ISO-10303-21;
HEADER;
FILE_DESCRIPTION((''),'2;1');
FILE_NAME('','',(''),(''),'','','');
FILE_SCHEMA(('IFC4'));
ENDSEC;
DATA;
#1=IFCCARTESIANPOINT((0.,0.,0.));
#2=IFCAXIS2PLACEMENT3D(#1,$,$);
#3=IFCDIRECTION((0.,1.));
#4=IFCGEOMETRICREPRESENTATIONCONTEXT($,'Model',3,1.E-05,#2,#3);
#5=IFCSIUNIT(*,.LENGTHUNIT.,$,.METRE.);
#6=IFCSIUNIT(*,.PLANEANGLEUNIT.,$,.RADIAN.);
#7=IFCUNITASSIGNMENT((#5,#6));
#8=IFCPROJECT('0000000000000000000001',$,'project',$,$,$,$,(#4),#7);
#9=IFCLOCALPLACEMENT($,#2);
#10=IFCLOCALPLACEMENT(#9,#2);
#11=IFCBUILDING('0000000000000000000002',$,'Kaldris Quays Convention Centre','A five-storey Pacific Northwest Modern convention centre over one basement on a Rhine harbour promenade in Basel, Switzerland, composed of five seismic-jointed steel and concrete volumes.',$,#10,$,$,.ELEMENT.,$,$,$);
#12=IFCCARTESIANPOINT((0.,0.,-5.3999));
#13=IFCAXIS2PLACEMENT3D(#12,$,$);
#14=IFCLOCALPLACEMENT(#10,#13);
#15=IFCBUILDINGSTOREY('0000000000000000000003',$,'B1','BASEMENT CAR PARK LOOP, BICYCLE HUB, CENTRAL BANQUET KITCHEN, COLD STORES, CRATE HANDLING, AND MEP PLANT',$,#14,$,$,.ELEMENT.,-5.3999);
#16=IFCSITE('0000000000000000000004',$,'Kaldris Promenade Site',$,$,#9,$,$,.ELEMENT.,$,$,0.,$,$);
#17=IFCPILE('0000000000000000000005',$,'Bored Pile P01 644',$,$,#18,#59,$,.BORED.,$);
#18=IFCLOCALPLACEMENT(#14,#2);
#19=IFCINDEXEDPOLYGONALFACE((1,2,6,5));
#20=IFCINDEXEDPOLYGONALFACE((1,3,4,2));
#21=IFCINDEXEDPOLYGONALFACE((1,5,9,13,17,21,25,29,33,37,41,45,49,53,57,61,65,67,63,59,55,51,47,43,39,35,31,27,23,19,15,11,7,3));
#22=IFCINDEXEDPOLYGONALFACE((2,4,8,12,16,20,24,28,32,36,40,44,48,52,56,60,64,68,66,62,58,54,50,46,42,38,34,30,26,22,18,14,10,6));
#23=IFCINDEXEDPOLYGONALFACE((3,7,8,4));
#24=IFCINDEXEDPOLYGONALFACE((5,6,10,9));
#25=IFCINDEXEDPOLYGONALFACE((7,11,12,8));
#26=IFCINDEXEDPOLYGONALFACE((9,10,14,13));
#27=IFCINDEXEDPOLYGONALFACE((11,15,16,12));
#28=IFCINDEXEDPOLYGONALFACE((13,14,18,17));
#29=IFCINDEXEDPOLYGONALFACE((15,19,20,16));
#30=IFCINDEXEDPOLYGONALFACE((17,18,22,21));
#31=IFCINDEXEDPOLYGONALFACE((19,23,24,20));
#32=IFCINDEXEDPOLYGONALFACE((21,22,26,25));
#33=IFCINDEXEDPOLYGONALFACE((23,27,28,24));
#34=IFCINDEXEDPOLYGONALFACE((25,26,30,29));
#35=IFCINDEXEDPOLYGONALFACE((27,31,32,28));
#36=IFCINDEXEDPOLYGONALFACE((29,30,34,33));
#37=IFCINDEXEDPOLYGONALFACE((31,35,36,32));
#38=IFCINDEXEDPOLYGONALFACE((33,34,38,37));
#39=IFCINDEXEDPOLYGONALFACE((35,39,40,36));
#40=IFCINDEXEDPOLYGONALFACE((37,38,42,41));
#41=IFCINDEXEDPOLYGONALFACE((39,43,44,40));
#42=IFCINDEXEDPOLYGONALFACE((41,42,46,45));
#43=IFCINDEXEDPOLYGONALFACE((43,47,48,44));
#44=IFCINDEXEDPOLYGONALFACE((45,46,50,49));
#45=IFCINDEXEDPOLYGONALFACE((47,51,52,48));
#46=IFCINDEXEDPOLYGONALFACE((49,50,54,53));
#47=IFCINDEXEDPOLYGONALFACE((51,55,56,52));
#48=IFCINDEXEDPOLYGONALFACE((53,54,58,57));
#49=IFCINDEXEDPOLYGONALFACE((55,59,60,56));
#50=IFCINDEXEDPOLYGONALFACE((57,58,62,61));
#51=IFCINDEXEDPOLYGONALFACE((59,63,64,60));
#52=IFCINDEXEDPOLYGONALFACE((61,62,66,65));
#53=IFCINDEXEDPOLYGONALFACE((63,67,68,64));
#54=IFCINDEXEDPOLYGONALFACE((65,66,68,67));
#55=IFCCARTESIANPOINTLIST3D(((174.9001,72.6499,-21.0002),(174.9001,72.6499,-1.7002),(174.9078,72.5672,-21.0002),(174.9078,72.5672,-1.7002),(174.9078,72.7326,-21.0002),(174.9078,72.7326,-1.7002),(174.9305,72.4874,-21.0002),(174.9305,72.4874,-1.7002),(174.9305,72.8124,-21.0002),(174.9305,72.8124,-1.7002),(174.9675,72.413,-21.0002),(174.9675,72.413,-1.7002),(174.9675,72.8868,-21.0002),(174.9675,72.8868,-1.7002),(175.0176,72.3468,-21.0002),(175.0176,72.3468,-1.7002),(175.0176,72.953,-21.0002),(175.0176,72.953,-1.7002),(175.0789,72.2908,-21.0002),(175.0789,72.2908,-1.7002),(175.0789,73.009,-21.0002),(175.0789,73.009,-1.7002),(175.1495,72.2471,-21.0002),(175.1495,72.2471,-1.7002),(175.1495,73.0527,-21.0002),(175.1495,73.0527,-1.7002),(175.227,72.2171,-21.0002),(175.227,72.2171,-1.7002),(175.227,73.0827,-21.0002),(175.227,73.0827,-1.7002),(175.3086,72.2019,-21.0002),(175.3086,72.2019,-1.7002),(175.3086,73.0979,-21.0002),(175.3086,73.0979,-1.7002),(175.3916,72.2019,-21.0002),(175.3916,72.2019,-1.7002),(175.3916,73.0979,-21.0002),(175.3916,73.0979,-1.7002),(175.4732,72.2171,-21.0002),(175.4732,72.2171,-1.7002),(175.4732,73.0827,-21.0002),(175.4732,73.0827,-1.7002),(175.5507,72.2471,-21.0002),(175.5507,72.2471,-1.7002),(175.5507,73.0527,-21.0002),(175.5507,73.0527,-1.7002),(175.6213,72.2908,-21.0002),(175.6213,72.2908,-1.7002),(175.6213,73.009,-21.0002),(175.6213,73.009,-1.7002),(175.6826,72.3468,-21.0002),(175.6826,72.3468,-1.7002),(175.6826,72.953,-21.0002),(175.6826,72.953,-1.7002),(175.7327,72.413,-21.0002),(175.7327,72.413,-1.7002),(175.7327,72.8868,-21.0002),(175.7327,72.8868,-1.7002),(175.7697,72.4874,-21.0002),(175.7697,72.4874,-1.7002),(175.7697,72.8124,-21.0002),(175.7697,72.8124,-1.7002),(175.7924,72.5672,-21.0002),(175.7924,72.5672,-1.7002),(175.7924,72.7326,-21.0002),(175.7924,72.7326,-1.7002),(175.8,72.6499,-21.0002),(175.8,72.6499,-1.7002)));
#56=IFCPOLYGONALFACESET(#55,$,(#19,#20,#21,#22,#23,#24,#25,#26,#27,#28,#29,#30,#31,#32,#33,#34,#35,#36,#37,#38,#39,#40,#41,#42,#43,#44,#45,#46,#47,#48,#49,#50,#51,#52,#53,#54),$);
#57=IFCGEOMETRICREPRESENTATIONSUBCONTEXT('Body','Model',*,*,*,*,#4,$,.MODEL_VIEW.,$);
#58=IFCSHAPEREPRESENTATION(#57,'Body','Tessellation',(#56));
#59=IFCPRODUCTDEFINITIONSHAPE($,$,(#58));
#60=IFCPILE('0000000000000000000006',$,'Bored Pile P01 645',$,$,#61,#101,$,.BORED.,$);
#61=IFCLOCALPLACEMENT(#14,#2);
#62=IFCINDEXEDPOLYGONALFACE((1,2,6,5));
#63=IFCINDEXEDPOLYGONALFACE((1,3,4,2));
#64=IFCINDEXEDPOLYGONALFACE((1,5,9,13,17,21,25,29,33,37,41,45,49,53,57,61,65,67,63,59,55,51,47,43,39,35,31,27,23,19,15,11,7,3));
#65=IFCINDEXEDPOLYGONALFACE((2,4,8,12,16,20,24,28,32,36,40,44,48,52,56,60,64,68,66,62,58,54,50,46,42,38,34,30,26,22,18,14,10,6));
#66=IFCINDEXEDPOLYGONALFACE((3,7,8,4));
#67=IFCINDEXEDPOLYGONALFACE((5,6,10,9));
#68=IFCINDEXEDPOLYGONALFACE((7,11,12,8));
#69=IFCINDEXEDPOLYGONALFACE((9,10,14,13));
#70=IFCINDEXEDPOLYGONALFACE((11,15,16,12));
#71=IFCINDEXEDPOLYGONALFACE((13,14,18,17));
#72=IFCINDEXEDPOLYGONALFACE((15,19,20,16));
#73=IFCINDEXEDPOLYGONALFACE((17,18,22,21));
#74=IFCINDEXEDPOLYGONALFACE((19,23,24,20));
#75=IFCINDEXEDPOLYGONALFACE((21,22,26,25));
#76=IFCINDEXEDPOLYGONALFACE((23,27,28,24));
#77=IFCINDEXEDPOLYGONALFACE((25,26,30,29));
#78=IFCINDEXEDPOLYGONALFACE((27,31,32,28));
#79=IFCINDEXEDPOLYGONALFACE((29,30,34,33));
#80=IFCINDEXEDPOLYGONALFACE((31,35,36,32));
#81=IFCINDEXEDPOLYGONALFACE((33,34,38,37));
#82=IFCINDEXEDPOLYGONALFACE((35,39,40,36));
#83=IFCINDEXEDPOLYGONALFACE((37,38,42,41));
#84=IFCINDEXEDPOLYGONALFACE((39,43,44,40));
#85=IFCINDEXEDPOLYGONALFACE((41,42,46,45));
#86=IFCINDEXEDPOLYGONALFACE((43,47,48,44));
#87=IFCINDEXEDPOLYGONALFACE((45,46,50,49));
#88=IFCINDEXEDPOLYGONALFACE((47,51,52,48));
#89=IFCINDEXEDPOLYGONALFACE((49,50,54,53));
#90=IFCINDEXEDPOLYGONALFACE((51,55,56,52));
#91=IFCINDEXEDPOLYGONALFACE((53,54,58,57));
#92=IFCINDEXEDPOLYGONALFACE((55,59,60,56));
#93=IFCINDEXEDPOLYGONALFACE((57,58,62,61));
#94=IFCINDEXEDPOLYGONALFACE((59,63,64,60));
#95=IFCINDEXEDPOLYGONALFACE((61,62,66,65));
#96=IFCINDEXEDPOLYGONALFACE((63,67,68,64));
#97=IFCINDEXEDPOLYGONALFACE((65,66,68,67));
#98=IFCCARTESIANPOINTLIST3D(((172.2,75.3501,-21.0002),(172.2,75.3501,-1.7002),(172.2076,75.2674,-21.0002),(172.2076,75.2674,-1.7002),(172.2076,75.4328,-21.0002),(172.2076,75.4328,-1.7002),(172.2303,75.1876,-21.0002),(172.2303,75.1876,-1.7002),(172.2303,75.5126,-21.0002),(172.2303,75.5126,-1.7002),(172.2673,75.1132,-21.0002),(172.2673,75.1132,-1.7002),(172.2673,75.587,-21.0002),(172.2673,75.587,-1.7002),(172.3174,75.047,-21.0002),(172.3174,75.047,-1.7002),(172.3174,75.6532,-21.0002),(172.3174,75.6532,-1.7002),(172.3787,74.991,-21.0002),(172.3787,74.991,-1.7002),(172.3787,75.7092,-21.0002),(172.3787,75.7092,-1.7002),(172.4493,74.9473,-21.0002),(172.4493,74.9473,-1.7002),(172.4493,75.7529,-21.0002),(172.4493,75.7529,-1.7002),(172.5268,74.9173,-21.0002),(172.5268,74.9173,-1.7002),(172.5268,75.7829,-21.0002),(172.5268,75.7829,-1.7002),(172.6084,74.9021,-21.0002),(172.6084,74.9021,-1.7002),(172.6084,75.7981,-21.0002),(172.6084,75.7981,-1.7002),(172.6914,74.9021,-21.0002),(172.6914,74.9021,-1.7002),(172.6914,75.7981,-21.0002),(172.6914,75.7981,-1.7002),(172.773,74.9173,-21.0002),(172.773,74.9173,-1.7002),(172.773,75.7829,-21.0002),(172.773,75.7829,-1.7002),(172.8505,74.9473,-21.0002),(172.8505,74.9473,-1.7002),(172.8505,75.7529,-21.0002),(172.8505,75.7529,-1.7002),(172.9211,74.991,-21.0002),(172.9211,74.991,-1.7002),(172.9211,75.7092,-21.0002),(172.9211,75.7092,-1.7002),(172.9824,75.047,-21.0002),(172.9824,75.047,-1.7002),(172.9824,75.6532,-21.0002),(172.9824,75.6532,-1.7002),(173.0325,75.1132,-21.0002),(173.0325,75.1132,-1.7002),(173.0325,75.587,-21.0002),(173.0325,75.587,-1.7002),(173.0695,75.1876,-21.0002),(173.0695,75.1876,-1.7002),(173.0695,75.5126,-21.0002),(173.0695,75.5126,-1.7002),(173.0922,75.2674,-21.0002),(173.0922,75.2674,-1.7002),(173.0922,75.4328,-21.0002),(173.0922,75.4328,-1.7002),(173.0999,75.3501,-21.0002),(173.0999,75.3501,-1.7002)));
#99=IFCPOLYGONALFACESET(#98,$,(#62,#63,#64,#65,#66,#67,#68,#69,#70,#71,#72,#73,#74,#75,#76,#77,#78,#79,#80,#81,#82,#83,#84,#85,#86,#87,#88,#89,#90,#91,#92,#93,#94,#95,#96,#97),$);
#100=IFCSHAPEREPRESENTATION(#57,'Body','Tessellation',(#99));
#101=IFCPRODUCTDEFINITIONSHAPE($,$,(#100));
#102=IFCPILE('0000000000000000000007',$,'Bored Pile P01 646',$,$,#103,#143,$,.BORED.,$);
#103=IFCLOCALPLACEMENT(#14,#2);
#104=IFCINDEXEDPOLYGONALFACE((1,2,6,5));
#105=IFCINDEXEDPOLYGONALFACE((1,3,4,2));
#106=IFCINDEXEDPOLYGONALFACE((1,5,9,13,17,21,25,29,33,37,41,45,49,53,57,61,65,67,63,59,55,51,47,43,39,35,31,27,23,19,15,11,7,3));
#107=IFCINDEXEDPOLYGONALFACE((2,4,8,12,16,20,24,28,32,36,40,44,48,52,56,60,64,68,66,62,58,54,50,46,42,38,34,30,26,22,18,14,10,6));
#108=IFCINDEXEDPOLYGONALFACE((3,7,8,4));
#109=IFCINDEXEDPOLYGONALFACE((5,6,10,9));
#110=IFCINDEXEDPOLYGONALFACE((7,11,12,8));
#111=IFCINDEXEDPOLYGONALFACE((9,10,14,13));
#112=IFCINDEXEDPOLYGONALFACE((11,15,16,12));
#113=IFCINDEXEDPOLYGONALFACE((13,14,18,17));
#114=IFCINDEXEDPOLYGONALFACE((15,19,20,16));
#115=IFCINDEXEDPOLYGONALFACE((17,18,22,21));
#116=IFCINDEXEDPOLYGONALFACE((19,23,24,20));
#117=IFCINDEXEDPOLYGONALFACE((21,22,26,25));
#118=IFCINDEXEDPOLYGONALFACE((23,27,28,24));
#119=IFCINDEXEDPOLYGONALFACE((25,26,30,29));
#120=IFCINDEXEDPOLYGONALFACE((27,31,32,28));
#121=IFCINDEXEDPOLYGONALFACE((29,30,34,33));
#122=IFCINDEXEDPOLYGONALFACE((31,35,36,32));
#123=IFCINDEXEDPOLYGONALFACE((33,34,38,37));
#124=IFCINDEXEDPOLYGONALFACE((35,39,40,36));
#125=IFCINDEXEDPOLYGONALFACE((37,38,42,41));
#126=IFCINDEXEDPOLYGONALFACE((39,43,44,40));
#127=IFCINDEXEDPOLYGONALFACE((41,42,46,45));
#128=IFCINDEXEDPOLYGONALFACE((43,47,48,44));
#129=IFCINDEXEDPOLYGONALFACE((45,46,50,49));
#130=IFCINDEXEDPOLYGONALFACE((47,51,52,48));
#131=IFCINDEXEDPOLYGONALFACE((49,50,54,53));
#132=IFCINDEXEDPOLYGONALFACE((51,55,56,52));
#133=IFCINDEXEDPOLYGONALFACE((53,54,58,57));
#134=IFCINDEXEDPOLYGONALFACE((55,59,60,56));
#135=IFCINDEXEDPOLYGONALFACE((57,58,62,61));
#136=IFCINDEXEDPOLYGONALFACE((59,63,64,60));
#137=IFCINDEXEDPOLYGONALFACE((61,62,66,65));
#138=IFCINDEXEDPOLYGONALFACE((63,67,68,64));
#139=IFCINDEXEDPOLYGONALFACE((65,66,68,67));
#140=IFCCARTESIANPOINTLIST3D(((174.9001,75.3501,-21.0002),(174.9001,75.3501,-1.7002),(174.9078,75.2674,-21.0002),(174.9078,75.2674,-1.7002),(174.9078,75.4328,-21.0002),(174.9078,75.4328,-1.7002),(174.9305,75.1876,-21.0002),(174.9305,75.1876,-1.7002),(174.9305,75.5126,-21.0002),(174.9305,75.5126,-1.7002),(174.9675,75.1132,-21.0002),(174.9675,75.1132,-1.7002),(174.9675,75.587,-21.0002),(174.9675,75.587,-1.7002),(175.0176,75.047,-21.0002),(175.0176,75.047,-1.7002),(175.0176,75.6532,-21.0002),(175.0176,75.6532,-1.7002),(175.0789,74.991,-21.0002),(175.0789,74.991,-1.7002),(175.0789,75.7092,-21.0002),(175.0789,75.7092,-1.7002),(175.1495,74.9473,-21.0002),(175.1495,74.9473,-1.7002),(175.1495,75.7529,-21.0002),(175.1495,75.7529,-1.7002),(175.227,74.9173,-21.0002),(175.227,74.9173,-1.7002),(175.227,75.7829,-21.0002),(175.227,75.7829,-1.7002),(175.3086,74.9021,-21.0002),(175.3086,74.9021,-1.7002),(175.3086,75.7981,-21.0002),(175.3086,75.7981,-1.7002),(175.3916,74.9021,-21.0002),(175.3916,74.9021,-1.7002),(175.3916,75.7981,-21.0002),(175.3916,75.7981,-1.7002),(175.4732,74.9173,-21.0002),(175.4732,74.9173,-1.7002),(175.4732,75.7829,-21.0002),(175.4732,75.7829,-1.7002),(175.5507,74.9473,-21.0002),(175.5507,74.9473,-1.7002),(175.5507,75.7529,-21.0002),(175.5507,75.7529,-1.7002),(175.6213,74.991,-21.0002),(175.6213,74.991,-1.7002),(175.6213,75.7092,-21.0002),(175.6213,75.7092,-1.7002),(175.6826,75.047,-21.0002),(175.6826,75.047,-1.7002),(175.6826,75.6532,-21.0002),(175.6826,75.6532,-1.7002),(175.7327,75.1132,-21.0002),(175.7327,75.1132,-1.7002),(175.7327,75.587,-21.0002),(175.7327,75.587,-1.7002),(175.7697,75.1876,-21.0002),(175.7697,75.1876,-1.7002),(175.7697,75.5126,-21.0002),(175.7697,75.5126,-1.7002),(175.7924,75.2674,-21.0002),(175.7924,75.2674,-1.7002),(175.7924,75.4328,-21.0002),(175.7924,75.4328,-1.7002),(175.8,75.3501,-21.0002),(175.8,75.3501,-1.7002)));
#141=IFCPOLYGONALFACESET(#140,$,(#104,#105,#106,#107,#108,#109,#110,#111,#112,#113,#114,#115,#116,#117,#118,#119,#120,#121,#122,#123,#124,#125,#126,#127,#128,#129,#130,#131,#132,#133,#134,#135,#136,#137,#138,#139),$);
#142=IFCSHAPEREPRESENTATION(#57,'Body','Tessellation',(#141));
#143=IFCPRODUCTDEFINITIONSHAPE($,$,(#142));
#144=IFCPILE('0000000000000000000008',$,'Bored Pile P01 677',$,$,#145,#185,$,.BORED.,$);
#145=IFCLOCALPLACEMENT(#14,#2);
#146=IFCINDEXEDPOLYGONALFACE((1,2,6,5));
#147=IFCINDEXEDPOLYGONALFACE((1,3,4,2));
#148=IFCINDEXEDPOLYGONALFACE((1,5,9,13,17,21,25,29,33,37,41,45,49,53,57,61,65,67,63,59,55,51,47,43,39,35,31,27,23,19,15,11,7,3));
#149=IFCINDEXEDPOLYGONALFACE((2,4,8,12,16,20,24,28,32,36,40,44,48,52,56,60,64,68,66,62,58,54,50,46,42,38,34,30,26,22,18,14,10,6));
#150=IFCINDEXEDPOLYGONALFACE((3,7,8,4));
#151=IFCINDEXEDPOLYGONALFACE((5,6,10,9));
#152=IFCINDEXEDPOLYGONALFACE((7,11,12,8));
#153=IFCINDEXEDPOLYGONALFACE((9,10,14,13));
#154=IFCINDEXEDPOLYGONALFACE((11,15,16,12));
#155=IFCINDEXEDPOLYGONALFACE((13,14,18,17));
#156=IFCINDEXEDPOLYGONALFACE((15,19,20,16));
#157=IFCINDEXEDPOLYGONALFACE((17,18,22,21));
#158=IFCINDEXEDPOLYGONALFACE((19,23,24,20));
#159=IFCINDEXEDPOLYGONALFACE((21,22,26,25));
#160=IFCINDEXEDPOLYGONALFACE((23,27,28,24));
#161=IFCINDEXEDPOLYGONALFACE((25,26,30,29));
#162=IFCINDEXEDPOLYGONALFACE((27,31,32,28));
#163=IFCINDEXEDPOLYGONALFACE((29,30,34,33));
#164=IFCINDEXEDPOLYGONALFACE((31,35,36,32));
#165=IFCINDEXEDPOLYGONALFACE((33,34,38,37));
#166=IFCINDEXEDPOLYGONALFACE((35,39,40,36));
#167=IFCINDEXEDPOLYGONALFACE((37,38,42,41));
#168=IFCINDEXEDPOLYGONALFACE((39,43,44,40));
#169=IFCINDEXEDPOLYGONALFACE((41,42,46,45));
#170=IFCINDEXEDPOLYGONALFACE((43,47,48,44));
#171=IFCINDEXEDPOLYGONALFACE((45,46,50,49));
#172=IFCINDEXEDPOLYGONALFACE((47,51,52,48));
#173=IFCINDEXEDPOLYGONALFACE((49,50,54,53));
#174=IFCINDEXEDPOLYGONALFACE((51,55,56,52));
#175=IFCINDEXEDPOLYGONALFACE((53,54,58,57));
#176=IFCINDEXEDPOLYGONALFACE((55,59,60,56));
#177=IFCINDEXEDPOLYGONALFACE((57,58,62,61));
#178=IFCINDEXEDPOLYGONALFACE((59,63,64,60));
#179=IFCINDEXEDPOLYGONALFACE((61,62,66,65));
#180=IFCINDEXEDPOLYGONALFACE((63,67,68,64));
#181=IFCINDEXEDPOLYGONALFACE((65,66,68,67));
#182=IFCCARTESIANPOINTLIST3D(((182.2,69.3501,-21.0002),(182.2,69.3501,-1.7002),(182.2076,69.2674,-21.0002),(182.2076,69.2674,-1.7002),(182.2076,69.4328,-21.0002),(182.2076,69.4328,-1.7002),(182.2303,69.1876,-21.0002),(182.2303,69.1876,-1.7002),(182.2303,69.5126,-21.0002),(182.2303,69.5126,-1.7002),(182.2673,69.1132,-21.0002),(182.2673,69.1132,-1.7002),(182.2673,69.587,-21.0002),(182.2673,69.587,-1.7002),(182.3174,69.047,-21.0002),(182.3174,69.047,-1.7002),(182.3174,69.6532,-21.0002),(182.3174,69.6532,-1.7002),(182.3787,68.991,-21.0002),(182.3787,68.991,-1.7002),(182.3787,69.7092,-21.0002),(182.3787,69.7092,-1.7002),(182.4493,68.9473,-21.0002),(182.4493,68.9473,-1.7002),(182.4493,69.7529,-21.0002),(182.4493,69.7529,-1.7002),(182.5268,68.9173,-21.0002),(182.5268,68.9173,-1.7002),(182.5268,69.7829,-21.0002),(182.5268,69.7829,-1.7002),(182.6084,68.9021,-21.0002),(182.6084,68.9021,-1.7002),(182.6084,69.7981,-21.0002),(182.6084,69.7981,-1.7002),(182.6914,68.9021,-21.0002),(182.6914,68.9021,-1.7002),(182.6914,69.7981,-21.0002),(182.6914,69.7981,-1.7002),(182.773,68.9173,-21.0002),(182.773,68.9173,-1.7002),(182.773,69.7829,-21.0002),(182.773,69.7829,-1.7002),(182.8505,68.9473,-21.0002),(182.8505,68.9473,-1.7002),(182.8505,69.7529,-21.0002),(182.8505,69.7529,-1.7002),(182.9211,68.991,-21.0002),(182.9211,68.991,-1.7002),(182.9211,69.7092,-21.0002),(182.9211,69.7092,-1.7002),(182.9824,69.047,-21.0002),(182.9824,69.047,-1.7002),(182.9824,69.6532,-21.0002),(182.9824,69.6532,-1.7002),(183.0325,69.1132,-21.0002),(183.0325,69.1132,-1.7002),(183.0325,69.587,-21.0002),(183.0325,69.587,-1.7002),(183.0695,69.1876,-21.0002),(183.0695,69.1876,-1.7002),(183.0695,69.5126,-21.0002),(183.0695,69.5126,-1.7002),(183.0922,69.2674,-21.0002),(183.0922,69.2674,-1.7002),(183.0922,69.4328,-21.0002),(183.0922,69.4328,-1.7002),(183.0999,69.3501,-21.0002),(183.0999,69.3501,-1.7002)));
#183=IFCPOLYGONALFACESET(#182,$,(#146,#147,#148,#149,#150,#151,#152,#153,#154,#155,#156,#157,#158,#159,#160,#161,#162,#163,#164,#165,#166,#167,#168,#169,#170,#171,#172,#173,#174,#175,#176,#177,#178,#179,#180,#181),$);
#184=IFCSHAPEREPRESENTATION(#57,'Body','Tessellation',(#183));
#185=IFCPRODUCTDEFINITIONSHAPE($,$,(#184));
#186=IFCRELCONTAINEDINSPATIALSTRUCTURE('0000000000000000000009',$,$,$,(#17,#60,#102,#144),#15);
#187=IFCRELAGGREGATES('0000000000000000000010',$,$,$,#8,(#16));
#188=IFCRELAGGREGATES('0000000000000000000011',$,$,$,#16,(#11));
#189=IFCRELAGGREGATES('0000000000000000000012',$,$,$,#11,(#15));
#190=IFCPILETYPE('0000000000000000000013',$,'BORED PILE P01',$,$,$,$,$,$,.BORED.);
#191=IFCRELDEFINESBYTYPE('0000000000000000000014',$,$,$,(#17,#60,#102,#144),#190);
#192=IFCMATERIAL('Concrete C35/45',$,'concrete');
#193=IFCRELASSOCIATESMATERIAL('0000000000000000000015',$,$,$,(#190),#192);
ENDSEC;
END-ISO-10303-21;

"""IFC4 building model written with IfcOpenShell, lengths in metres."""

from ifc_helpers import new_model, si_unit, direction, frame, origin, origin_2d, place, context, subcontext, project, spatial, circle, extrude, material, material_profile, profile_set, type_object, element, save


model = new_model("IFC4")

# Units and contexts
model_context = context("Model", 3, precision=1e-05, world=origin(), true_north=direction((0.0, 1.0)))
body_context = subcontext(model_context, "Body", "Model", "MODEL_VIEW")
ifc_project = project(units=[si_unit("LENGTHUNIT", "METRE"), si_unit("PLANEANGLEUNIT", "RADIAN")], contexts=[model_context])

# Site, building, storey
site_placement = place(None, origin())
site = spatial("IfcSite", under=ifc_project, at=site_placement, Name="Kaldris Promenade Site", CompositionType="ELEMENT", RefElevation=0.0)
building_placement = place(site_placement, origin())
building = spatial("IfcBuilding", under=site, at=building_placement, Name="Kaldris Quays Convention Centre", Description="A five-storey Pacific Northwest Modern convention centre over one basement on a Rhine harbour promenade in Basel, Switzerland, composed of five seismic-jointed steel and concrete volumes.", CompositionType="ELEMENT")
storey_placement = place(building_placement, frame((0.0, 0.0, -5.3999)))
storey = spatial("IfcBuildingStorey", under=building, at=storey_placement, Name="B1", Description="BASEMENT CAR PARK LOOP, BICYCLE HUB, CENTRAL BANQUET KITCHEN, COLD STORES, CRATE HANDLING, AND MEP PLANT", CompositionType="ELEMENT", Elevation=-5.3999)

# Piles
ifc_material_1 = material(Name="Concrete C35/45", Category="concrete")
ifc_material_profile_1 = material_profile(ifc_material_1, circle(Radius=0.45, at=origin_2d()), Name="BORED PILE D900")
ifc_profile_set_1 = profile_set([ifc_material_profile_1], Name="Concrete C35/45")
pile_type_1 = type_object("IfcPileType", Name="BORED PILE P01", PredefinedType="BORED", material=ifc_profile_set_1)
for number, where, z_axis, x_axis, name in (
    (1, (175.3501, 72.6499, -1.7002), (0.0, 0.0, -1.0), (1.0, 0.0, 0.0), "Bored Pile P01 644"),
    (2, (172.6499, 75.3501, -1.7002), (0.0, 0.0, -1.0), (1.0, 0.0, 0.0), "Bored Pile P01 645"),
    (3, (175.3501, 75.3501, -1.7002), (0.0, 0.0, -1.0), (1.0, 0.0, 0.0), "Bored Pile P01 646"),
    (4, (182.6499, 69.3501, -1.7002), (0.0, 0.0, -1.0), (1.0, 0.0, 0.0), "Bored Pile P01 677"),
):
    element("IfcPile", number, at=place(storey_placement, frame(where, z_axis=z_axis, x_axis=x_axis)), inside=storey, type_object=pile_type_1, Name=name, PredefinedType="BORED", context=body_context, shape_type="SweptSolid", body=[
        extrude(circle(Radius=0.45, at=origin_2d()), origin(), (0.0, 0.0, 1.0), 19.3),
    ])

save(model, "model.ifc")
